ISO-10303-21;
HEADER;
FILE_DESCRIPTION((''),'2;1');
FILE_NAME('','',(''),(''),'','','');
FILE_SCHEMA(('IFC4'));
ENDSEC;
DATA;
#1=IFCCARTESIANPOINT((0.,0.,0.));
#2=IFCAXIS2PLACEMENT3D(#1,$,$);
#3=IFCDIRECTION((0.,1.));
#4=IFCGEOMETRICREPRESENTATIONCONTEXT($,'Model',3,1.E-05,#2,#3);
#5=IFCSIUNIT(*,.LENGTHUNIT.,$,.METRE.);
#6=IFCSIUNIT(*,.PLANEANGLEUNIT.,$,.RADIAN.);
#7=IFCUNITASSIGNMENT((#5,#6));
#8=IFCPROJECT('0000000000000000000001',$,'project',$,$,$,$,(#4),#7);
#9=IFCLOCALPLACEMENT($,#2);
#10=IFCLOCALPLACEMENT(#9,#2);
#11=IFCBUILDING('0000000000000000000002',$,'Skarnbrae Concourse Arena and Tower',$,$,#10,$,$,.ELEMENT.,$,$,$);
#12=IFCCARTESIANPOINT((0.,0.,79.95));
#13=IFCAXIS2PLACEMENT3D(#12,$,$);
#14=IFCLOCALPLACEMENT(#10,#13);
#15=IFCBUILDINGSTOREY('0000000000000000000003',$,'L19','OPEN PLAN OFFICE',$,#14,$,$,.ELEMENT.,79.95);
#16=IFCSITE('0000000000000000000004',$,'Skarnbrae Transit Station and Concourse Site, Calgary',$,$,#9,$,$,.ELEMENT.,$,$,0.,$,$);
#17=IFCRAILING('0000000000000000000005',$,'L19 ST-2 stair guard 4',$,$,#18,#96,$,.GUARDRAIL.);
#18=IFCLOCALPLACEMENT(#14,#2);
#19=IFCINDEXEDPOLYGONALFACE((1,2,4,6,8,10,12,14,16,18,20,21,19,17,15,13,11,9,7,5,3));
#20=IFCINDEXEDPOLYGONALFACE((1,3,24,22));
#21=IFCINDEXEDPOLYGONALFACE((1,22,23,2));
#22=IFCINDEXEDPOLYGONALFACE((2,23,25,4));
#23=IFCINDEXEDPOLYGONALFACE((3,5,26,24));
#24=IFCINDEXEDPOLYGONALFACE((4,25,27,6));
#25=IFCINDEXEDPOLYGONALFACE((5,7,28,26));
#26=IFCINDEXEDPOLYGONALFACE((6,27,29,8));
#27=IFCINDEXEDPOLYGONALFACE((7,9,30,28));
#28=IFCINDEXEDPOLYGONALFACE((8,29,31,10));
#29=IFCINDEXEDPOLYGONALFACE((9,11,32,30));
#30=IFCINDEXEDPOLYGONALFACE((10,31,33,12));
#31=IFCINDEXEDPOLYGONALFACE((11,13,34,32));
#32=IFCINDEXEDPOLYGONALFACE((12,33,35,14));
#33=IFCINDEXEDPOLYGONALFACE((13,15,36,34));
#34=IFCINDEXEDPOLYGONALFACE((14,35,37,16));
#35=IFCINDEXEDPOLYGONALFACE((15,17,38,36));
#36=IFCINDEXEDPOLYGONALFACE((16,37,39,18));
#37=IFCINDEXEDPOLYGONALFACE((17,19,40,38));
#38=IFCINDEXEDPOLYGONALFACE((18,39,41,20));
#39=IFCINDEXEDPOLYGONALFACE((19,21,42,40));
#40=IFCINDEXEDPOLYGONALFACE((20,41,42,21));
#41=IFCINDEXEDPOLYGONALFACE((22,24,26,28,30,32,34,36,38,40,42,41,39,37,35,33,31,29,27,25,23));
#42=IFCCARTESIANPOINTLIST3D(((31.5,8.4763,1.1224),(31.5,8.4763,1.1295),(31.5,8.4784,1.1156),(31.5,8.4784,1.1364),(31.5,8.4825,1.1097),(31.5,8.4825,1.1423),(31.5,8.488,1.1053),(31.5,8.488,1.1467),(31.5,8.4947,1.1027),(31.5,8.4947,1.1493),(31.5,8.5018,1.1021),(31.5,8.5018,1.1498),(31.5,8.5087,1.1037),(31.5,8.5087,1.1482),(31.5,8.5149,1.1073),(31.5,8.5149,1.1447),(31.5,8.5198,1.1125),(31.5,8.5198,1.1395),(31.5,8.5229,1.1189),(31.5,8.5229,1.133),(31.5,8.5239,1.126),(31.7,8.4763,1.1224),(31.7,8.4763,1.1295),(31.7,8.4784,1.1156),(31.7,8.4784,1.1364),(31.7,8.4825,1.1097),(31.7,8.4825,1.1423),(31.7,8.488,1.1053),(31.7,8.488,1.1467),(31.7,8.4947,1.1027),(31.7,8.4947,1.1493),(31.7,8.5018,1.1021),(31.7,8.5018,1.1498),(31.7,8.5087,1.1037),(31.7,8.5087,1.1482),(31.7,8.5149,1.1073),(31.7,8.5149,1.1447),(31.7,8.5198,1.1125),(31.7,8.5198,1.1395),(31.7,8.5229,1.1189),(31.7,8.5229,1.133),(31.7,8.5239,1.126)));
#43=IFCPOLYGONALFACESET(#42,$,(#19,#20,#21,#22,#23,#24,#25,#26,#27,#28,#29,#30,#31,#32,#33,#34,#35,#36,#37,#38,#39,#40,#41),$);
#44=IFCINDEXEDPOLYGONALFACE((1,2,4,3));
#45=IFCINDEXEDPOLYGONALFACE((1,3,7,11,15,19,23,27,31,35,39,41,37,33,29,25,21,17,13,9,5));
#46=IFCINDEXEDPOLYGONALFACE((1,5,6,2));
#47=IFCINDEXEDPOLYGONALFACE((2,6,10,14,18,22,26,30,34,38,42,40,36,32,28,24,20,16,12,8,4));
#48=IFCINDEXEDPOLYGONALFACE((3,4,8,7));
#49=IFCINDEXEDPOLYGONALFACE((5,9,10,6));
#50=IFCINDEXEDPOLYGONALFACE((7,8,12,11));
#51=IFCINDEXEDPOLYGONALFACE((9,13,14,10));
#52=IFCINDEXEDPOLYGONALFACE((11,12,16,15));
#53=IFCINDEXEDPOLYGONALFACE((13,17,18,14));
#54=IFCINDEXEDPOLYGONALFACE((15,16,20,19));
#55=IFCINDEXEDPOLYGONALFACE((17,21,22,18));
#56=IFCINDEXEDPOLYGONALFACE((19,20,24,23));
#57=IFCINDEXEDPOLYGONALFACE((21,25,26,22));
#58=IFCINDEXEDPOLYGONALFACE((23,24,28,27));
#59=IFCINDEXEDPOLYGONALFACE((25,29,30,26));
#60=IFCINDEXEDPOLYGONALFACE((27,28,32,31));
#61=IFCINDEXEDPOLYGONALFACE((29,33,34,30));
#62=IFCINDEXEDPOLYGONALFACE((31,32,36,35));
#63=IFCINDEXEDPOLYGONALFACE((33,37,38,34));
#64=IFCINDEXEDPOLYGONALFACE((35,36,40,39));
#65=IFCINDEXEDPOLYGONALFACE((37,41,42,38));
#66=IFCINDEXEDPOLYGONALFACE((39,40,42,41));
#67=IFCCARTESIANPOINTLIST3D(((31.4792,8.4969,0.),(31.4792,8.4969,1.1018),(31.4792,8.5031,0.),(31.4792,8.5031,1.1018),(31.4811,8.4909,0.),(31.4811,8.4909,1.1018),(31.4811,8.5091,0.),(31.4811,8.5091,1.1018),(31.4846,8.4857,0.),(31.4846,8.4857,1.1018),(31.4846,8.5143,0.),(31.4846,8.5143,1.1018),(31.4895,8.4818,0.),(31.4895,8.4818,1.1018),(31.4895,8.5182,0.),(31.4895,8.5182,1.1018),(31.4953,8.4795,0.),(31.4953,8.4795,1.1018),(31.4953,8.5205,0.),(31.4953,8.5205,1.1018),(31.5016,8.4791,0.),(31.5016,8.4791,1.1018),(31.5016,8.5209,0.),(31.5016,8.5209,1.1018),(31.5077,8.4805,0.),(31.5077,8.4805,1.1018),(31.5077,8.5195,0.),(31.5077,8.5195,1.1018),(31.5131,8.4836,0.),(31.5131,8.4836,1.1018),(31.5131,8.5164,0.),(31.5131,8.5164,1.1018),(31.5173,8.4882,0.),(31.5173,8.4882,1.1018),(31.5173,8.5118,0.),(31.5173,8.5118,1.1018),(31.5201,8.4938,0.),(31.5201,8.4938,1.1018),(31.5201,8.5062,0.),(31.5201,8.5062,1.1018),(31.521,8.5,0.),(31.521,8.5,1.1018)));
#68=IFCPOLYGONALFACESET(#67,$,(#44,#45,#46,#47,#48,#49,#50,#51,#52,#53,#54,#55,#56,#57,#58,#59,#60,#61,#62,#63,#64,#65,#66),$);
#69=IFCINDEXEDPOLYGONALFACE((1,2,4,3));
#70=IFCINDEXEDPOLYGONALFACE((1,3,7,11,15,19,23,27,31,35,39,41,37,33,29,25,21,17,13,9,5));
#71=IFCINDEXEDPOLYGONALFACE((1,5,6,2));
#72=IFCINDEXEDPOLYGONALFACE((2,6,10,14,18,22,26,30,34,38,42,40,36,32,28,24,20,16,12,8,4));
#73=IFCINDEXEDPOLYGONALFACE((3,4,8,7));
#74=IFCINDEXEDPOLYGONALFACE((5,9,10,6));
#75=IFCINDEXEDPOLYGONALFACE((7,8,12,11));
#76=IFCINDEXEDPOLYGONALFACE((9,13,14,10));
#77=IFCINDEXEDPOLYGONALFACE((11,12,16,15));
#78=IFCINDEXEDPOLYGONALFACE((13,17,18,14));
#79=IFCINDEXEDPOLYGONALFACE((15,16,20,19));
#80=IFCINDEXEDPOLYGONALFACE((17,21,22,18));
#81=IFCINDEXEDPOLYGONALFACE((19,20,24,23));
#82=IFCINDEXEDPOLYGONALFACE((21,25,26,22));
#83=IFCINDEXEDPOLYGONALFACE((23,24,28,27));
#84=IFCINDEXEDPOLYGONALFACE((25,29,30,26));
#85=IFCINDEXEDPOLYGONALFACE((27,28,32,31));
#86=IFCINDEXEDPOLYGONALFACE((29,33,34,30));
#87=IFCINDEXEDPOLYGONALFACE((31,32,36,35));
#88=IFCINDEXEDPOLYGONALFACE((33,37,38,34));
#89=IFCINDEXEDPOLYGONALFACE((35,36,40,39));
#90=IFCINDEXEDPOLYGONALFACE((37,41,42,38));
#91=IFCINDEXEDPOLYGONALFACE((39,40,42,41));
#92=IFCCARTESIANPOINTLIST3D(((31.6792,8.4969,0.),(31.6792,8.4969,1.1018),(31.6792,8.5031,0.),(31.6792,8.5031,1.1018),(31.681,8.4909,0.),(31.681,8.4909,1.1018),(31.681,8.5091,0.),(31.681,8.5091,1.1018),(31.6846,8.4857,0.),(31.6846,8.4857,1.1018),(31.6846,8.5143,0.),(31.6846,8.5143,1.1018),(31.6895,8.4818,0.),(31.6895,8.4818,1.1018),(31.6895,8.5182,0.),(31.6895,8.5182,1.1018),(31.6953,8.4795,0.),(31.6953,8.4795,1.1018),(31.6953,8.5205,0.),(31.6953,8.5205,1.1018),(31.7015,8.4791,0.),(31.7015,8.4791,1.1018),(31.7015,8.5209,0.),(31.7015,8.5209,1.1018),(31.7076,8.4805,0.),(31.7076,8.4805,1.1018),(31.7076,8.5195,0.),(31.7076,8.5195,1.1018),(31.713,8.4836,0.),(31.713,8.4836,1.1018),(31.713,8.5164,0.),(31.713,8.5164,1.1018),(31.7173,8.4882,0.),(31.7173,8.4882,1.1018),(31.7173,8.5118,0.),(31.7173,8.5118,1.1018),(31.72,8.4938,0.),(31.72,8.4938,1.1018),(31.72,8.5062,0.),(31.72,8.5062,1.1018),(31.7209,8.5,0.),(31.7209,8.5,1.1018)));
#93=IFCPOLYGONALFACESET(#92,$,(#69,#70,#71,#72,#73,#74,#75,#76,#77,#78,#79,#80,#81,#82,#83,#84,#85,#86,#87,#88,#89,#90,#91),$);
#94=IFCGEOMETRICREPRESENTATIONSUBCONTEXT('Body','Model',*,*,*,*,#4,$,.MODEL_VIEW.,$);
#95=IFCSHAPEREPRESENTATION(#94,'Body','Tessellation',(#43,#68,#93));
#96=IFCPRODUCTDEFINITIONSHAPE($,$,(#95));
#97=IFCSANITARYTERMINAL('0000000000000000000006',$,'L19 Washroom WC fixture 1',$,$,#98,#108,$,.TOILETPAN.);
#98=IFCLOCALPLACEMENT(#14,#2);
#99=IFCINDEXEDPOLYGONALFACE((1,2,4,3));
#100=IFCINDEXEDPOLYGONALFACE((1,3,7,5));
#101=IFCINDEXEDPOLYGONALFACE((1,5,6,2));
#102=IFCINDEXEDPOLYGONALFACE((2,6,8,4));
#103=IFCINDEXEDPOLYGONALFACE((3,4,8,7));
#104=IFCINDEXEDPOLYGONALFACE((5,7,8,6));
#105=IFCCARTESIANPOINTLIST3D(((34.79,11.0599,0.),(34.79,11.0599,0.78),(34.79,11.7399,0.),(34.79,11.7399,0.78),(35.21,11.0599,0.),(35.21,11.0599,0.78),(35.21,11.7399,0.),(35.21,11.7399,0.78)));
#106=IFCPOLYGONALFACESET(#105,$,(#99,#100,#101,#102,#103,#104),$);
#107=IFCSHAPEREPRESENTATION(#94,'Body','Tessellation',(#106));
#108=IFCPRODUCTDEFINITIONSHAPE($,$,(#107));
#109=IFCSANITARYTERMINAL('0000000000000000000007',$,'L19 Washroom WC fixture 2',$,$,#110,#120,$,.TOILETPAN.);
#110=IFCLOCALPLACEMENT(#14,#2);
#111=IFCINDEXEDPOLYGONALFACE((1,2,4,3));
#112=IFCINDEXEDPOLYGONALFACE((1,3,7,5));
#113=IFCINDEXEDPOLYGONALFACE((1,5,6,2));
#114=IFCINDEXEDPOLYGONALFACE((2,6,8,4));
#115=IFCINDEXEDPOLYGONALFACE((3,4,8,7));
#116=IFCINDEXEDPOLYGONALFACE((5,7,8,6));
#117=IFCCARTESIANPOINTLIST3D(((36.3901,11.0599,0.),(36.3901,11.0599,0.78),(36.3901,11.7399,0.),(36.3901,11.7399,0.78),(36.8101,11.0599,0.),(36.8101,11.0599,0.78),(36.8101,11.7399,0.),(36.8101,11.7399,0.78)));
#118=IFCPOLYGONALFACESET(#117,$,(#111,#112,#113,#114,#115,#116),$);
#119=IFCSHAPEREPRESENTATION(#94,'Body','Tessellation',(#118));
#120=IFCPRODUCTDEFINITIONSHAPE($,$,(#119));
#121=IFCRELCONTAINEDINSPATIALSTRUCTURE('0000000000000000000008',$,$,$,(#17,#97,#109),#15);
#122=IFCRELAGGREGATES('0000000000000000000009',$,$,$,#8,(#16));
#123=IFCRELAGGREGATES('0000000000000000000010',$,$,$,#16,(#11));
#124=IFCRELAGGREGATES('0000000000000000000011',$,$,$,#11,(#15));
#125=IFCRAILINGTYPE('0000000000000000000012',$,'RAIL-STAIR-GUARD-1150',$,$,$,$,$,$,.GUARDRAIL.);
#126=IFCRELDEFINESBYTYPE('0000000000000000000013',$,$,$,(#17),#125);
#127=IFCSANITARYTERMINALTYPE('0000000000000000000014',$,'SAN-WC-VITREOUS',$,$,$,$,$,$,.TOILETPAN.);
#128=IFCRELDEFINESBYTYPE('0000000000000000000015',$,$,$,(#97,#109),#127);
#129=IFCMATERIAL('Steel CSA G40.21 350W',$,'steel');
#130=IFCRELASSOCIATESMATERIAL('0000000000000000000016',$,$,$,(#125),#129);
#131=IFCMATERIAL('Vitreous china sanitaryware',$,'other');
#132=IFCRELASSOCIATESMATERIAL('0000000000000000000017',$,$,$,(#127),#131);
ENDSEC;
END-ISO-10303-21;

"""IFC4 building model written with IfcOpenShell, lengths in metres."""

from ifc_helpers import new_model, si_unit, direction, frame, origin, origin_2d, place, context, subcontext, project, spatial, rectangle, circle, extrude, source, transform, mapped, material, type_object, element, save


model = new_model("IFC4")

# Units and contexts
model_context = context("Model", 3, precision=1e-05, world=origin(), true_north=direction((0.0, 1.0)))
body_context = subcontext(model_context, "Body", "Model", "MODEL_VIEW")
ifc_project = project(units=[si_unit("LENGTHUNIT", "METRE"), si_unit("PLANEANGLEUNIT", "RADIAN")], contexts=[model_context])

# Site, building, storey
site_placement = place(None, origin())
site = spatial("IfcSite", under=ifc_project, at=site_placement, Name="Skarnbrae Transit Station and Concourse Site, Calgary", CompositionType="ELEMENT", RefElevation=0.0)
building_placement = place(site_placement, origin())
building = spatial("IfcBuilding", under=site, at=building_placement, Name="Skarnbrae Concourse Arena and Tower", CompositionType="ELEMENT")
storey_placement = place(building_placement, frame((0.0, 0.0, 79.95)))
storey = spatial("IfcBuildingStorey", under=building, at=storey_placement, Name="L19", Description="OPEN PLAN OFFICE", CompositionType="ELEMENT", Elevation=79.95)

# Shared definitions
ifc_material_1 = material(Name="Steel CSA G40.21 350W", Category="steel")

# Railing
railing_type_1 = type_object("IfcRailingType", Name="RAIL-STAIR-GUARD-1150", PredefinedType="GUARDRAIL", material=ifc_material_1)
railing_1_placement = place(storey_placement, frame((31.5, 8.5, 0.0)))
element("IfcRailing", 1, at=railing_1_placement, inside=storey, type_object=railing_type_1, Name="L19 ST-2 stair guard 4", PredefinedType="GUARDRAIL", context=body_context, shape_type="SweptSolid", body=[
    extrude(circle(Radius=0.0239, at=origin_2d()), frame((0.0, 0.0, 1.126), z_axis=(1.0, 0.0, 0.0), x_axis=(0.0, 1.0, 0.0)), (0.0, 0.0, 1.0), 0.2),
    extrude(circle(Radius=0.021, at=origin_2d()), origin(), (0.0, 0.0, 1.0), 1.1018),
    extrude(circle(Radius=0.021, at=origin_2d()), frame((0.2, 0.0, 0.0)), (0.0, 0.0, 1.0), 1.1018),
])

# Sanitary terminals
ifc_material_2 = material(Name="Vitreous china sanitaryware", Category="other")
sanitary_terminal_type = type_object("IfcSanitaryTerminalType", Name="SAN-WC-VITREOUS", PredefinedType="TOILETPAN", material=ifc_material_2)
shared_shape_1 = source(origin(), body_context, "Body", "SweptSolid", [
    extrude(rectangle(XDim=0.4199, YDim=0.6799, at=origin_2d()), origin(), (0.0, 0.0, 1.0), 0.78),
])
for number, where, z_axis, x_axis, name in (
    (2, (35.0, 11.3999, 0.0), (0.0, 0.0, 1.0), (1.0, 0.0, 0.0), "L19 Washroom WC fixture 1"),
    (3, (36.6001, 11.3999, 0.0), (0.0, 0.0, 1.0), (1.0, 0.0, 0.0), "L19 Washroom WC fixture 2"),
):
    element("IfcSanitaryTerminal", number, at=place(storey_placement, frame(where, z_axis=z_axis, x_axis=x_axis)), inside=storey, type_object=sanitary_terminal_type, Name=name, PredefinedType="TOILETPAN", context=body_context, shape_type="MappedRepresentation", body=[
        mapped(shared_shape_1, transform((0.0, 0.0, 0.0))),
    ])

save(model, "model.ifc")
